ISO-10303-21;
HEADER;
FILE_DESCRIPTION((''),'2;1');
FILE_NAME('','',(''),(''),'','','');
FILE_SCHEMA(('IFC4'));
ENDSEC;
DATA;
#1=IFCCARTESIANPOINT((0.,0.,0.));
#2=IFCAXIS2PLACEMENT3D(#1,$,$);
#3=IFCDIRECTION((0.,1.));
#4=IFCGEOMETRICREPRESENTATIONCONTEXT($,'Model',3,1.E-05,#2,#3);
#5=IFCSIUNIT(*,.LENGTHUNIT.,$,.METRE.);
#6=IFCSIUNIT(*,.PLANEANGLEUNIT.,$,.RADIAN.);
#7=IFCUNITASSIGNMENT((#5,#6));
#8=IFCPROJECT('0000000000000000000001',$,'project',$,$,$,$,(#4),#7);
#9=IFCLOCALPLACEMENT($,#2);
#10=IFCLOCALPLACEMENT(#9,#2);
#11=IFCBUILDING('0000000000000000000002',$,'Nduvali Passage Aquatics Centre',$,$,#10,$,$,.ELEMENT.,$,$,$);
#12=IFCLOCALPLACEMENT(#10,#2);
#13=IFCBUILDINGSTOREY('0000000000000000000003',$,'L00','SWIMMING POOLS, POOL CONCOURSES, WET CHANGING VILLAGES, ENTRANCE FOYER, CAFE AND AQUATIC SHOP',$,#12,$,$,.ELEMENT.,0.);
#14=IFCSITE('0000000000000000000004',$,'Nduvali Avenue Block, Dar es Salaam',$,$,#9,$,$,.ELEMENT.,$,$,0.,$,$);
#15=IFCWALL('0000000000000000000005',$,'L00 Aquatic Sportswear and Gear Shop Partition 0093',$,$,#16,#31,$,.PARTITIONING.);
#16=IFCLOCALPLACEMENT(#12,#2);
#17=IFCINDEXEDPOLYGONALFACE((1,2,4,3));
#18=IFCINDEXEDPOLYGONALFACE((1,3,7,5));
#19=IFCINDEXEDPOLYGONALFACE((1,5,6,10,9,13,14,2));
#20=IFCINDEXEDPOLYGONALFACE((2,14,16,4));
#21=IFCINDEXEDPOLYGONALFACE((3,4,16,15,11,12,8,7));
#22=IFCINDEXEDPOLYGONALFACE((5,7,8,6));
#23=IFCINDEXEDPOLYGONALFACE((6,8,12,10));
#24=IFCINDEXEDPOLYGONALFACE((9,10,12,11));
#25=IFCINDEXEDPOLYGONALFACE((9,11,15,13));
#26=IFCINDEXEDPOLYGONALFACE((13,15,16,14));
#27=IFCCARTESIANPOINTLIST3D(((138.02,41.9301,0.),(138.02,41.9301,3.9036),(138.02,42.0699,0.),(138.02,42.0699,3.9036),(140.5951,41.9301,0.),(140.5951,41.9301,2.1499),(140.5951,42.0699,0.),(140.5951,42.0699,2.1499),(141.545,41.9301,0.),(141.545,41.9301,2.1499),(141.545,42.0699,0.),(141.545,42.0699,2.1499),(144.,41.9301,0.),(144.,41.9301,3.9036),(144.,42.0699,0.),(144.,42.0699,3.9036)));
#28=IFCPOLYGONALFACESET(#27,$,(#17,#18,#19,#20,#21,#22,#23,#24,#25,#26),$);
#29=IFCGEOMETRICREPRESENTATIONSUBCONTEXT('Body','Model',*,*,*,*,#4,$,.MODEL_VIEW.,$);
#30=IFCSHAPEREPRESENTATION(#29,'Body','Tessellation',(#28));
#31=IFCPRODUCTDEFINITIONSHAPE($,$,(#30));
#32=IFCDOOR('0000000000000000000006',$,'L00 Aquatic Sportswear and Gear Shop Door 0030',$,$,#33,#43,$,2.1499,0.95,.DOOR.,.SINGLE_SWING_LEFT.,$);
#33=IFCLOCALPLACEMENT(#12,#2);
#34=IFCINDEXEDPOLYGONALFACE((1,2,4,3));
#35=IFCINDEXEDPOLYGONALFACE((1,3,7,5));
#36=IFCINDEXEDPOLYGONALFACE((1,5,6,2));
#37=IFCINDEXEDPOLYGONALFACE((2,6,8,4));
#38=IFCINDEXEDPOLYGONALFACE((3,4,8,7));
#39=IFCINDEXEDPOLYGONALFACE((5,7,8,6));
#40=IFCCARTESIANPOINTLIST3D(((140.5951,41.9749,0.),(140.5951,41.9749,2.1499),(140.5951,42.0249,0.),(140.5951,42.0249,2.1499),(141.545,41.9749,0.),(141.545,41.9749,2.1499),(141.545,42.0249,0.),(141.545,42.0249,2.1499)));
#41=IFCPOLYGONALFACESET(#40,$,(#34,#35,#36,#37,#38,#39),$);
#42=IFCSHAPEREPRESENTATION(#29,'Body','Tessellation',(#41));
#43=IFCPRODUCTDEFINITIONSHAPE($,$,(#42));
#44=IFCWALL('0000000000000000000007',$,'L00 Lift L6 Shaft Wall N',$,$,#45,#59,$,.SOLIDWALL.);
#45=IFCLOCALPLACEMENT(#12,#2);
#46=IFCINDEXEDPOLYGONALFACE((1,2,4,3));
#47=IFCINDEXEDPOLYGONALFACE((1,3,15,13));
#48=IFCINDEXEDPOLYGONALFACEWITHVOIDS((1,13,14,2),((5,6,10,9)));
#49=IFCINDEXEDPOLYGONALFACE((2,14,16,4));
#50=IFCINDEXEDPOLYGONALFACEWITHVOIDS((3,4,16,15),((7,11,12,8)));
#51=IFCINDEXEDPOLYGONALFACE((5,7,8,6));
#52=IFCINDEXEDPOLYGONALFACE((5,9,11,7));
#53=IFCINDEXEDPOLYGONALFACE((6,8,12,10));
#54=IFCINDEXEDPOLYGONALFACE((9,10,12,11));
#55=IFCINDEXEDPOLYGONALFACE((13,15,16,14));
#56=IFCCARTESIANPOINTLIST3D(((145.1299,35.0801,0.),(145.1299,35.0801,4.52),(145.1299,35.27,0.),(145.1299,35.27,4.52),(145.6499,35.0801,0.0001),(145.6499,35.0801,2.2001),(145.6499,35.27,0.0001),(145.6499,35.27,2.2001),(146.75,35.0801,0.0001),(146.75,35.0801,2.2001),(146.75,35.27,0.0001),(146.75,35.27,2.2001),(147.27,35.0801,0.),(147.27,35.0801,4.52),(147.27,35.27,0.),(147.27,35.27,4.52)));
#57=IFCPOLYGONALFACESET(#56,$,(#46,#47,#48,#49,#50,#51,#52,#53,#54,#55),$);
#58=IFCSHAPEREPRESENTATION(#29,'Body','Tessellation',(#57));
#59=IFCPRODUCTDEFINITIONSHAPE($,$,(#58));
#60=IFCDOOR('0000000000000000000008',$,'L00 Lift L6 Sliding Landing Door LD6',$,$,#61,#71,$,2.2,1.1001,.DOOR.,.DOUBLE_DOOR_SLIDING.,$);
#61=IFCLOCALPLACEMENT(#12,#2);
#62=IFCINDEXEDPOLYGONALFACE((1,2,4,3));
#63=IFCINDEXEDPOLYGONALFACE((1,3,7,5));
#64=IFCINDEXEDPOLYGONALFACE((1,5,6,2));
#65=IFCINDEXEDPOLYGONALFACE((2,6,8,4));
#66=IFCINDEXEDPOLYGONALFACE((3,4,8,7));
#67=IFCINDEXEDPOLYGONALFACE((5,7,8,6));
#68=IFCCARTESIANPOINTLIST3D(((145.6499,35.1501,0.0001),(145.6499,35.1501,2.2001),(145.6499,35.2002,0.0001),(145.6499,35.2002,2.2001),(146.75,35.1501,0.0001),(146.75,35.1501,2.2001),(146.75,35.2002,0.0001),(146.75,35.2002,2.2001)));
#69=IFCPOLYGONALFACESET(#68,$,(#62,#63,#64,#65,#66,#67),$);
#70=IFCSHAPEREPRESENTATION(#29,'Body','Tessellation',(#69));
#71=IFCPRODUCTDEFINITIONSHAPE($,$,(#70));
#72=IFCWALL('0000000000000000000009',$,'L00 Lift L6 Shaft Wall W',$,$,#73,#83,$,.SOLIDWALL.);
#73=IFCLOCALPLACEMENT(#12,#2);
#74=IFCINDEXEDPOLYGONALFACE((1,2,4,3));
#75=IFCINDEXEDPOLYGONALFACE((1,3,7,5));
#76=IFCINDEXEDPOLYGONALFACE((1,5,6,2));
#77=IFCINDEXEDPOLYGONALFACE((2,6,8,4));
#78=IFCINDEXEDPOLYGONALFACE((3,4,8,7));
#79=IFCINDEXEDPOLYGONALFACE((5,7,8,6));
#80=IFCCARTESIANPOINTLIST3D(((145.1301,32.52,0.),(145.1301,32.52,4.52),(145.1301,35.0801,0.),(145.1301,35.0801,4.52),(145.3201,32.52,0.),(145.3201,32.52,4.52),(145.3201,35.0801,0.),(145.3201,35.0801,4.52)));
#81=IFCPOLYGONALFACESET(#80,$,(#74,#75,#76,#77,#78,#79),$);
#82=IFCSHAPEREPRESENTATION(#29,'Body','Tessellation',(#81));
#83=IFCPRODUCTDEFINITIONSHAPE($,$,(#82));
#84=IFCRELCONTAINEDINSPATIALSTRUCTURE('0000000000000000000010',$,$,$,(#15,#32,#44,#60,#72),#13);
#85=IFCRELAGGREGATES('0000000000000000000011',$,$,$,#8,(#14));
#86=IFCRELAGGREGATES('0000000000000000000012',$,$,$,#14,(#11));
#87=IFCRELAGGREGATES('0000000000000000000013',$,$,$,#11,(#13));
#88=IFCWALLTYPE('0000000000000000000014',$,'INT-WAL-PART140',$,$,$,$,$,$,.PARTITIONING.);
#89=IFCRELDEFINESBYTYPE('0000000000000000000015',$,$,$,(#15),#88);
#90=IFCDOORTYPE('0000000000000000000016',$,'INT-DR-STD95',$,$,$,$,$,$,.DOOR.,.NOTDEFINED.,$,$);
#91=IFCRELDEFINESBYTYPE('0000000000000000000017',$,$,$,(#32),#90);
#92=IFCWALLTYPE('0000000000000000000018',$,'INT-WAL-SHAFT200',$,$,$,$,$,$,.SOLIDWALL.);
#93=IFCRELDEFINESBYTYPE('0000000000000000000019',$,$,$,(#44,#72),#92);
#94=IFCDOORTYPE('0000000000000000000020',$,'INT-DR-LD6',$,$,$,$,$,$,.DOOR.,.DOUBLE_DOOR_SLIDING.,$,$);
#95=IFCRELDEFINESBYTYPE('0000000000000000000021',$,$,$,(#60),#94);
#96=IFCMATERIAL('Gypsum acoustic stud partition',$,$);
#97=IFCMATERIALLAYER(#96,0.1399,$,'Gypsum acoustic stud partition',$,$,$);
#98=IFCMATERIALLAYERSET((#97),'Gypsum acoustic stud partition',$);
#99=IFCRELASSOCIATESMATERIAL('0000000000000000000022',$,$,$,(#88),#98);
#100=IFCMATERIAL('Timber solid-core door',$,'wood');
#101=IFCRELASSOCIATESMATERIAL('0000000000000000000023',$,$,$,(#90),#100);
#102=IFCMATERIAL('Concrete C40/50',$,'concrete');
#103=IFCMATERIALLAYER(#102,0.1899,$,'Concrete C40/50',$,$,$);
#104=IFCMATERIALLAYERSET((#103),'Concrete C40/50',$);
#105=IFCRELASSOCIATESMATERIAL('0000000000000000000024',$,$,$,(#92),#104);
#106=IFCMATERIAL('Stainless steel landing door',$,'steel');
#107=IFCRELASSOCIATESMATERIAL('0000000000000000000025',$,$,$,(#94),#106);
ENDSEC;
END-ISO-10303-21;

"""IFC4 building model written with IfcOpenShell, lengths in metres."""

from ifc_helpers import new_model, si_unit, direction, frame, frame_2d, origin, place, context, subcontext, project, spatial, rectangle, extrude, material, layer, layer_set, type_object, element, fill, save


model = new_model("IFC4")

# Units and contexts
model_context = context("Model", 3, precision=1e-05, world=origin(), true_north=direction((0.0, 1.0)))
body_context = subcontext(model_context, "Body", "Model", "MODEL_VIEW")
ifc_project = project(units=[si_unit("LENGTHUNIT", "METRE"), si_unit("PLANEANGLEUNIT", "RADIAN")], contexts=[model_context])

# Site, building, storey
site_placement = place(None, origin())
site = spatial("IfcSite", under=ifc_project, at=site_placement, Name="Nduvali Avenue Block, Dar es Salaam", CompositionType="ELEMENT", RefElevation=0.0)
building_placement = place(site_placement, origin())
building = spatial("IfcBuilding", under=site, at=building_placement, Name="Nduvali Passage Aquatics Centre", CompositionType="ELEMENT")
storey_placement = place(building_placement, origin())
storey = spatial("IfcBuildingStorey", under=building, at=storey_placement, Name="L00", Description="SWIMMING POOLS, POOL CONCOURSES, WET CHANGING VILLAGES, ENTRANCE FOYER, CAFE AND AQUATIC SHOP", CompositionType="ELEMENT", Elevation=0.0)

# Shared definitions
ifc_material_1 = material(Name="Concrete C40/50", Category="concrete")

# Walls, openings, doors
ifc_material_2 = material(Name="Gypsum acoustic stud partition")
ifc_layer_1 = layer(ifc_material_2, 0.1399, Name="Gypsum acoustic stud partition")
ifc_layer_set_1 = layer_set([ifc_layer_1], Name="Gypsum acoustic stud partition")
wall_type_1 = type_object("IfcWallType", Name="INT-WAL-PART140", PredefinedType="PARTITIONING", material=ifc_layer_set_1)
wall_1_placement = place(storey_placement, frame((138.02, 42.0, 0.0), z_axis=(0.0, 0.0, 1.0), x_axis=(1.0, 0.0, 0.0)))
wall_1 = element("IfcWall", 1, at=wall_1_placement, inside=storey, type_object=wall_type_1, Name="L00 Aquatic Sportswear and Gear Shop Partition 0093", PredefinedType="PARTITIONING", context=body_context, shape_type="SweptSolid", body=[
    extrude(rectangle(XDim=5.98, YDim=0.1399, at=frame_2d((2.99, 0.0))), origin(), (0.0, 0.0, 1.0), 3.9036),
])
opening_1_placement = place(wall_1_placement, frame((2.575, 0.0, 0.0)))
opening_1 = element("IfcOpeningElement", 2, at=opening_1_placement, cuts=wall_1, PredefinedType="OPENING", context=body_context, shape_type="SweptSolid", body=[
    extrude(rectangle(XDim=0.95, YDim=2.1499, at=frame_2d((0.4751, 1.075))), frame((0.0, 0.085, 0.0), z_axis=(0.0, -1.0, 0.0), x_axis=(1.0, 0.0, 0.0)), (0.0, 0.0, 1.0), 0.1697),
])
ifc_material_3 = material(Name="Timber solid-core door", Category="wood")
door_type_1 = type_object("IfcDoorType", Name="INT-DR-STD95", OperationType="NOTDEFINED", PredefinedType="DOOR", material=ifc_material_3)
door_1_placement = place(opening_1_placement, origin())
door_1 = element("IfcDoor", 3, at=door_1_placement, inside=storey, type_object=door_type_1, Name="L00 Aquatic Sportswear and Gear Shop Door 0030", OperationType="SINGLE_SWING_LEFT", OverallHeight=2.1499, OverallWidth=0.95, PredefinedType="DOOR", context=body_context, shape_type="SweptSolid", body=[
    extrude(rectangle(XDim=0.95, YDim=2.1499, at=frame_2d((0.4751, 1.075))), frame((0.0, 0.0249, 0.0), z_axis=(0.0, -1.0, 0.0), x_axis=(1.0, 0.0, 0.0)), (0.0, 0.0, 1.0), 0.05),
])
fill(opening_1, door_1)
ifc_layer_2 = layer(ifc_material_1, 0.1899, Name="Concrete C40/50")
ifc_layer_set_2 = layer_set([ifc_layer_2], Name="Concrete C40/50")
wall_type_2 = type_object("IfcWallType", Name="INT-WAL-SHAFT200", PredefinedType="SOLIDWALL", material=ifc_layer_set_2)
wall_2_placement = place(storey_placement, frame((147.27, 35.175, 0.0), z_axis=(0.0, 0.0, 1.0), x_axis=(-1.0, 0.0, 0.0)))
wall_2 = element("IfcWall", 4, at=wall_2_placement, inside=storey, type_object=wall_type_2, Name="L00 Lift L6 Shaft Wall N", PredefinedType="SOLIDWALL", context=body_context, shape_type="SweptSolid", body=[
    extrude(rectangle(XDim=2.1401, YDim=0.1899, at=frame_2d((1.0701, 0.0))), origin(), (0.0, 0.0, 1.0), 4.52),
])
opening_2_placement = place(wall_2_placement, frame((0.52, 0.0, 0.0)))
opening_2 = element("IfcOpeningElement", 5, at=opening_2_placement, cuts=wall_2, PredefinedType="OPENING", context=body_context, shape_type="SweptSolid", body=[
    extrude(rectangle(XDim=1.1001, YDim=2.2, at=frame_2d((0.55, 1.1001))), frame((0.0, 0.1099, 0.0), z_axis=(0.0, -1.0, 0.0), x_axis=(1.0, 0.0, 0.0)), (0.0, 0.0, 1.0), 0.2197),
])
ifc_material_4 = material(Name="Stainless steel landing door", Category="steel")
door_type_2 = type_object("IfcDoorType", Name="INT-DR-LD6", OperationType="DOUBLE_DOOR_SLIDING", PredefinedType="DOOR", material=ifc_material_4)
door_2_placement = place(opening_2_placement, origin())
door_2 = element("IfcDoor", 6, at=door_2_placement, inside=storey, type_object=door_type_2, Name="L00 Lift L6 Sliding Landing Door LD6", OperationType="DOUBLE_DOOR_SLIDING", OverallHeight=2.2, OverallWidth=1.1001, PredefinedType="DOOR", context=body_context, shape_type="SweptSolid", body=[
    extrude(rectangle(XDim=1.1001, YDim=2.2, at=frame_2d((0.55, 1.1001))), frame((0.0, 0.0249, 0.0), z_axis=(0.0, -1.0, 0.0), x_axis=(1.0, 0.0, 0.0)), (0.0, 0.0, 1.0), 0.05),
])
fill(opening_2, door_2)

# Wall
wall_3_placement = place(storey_placement, frame((145.2251, 35.0801, 0.0), z_axis=(0.0, 0.0, 1.0), x_axis=(0.0, -1.0, 0.0)))
element("IfcWall", 7, at=wall_3_placement, inside=storey, type_object=wall_type_2, Name="L00 Lift L6 Shaft Wall W", PredefinedType="SOLIDWALL", context=body_context, shape_type="SweptSolid", body=[
    extrude(rectangle(XDim=2.5601, YDim=0.1899, at=frame_2d((1.28, 0.0))), origin(), (0.0, 0.0, 1.0), 4.52),
])

save(model, "model.ifc")
